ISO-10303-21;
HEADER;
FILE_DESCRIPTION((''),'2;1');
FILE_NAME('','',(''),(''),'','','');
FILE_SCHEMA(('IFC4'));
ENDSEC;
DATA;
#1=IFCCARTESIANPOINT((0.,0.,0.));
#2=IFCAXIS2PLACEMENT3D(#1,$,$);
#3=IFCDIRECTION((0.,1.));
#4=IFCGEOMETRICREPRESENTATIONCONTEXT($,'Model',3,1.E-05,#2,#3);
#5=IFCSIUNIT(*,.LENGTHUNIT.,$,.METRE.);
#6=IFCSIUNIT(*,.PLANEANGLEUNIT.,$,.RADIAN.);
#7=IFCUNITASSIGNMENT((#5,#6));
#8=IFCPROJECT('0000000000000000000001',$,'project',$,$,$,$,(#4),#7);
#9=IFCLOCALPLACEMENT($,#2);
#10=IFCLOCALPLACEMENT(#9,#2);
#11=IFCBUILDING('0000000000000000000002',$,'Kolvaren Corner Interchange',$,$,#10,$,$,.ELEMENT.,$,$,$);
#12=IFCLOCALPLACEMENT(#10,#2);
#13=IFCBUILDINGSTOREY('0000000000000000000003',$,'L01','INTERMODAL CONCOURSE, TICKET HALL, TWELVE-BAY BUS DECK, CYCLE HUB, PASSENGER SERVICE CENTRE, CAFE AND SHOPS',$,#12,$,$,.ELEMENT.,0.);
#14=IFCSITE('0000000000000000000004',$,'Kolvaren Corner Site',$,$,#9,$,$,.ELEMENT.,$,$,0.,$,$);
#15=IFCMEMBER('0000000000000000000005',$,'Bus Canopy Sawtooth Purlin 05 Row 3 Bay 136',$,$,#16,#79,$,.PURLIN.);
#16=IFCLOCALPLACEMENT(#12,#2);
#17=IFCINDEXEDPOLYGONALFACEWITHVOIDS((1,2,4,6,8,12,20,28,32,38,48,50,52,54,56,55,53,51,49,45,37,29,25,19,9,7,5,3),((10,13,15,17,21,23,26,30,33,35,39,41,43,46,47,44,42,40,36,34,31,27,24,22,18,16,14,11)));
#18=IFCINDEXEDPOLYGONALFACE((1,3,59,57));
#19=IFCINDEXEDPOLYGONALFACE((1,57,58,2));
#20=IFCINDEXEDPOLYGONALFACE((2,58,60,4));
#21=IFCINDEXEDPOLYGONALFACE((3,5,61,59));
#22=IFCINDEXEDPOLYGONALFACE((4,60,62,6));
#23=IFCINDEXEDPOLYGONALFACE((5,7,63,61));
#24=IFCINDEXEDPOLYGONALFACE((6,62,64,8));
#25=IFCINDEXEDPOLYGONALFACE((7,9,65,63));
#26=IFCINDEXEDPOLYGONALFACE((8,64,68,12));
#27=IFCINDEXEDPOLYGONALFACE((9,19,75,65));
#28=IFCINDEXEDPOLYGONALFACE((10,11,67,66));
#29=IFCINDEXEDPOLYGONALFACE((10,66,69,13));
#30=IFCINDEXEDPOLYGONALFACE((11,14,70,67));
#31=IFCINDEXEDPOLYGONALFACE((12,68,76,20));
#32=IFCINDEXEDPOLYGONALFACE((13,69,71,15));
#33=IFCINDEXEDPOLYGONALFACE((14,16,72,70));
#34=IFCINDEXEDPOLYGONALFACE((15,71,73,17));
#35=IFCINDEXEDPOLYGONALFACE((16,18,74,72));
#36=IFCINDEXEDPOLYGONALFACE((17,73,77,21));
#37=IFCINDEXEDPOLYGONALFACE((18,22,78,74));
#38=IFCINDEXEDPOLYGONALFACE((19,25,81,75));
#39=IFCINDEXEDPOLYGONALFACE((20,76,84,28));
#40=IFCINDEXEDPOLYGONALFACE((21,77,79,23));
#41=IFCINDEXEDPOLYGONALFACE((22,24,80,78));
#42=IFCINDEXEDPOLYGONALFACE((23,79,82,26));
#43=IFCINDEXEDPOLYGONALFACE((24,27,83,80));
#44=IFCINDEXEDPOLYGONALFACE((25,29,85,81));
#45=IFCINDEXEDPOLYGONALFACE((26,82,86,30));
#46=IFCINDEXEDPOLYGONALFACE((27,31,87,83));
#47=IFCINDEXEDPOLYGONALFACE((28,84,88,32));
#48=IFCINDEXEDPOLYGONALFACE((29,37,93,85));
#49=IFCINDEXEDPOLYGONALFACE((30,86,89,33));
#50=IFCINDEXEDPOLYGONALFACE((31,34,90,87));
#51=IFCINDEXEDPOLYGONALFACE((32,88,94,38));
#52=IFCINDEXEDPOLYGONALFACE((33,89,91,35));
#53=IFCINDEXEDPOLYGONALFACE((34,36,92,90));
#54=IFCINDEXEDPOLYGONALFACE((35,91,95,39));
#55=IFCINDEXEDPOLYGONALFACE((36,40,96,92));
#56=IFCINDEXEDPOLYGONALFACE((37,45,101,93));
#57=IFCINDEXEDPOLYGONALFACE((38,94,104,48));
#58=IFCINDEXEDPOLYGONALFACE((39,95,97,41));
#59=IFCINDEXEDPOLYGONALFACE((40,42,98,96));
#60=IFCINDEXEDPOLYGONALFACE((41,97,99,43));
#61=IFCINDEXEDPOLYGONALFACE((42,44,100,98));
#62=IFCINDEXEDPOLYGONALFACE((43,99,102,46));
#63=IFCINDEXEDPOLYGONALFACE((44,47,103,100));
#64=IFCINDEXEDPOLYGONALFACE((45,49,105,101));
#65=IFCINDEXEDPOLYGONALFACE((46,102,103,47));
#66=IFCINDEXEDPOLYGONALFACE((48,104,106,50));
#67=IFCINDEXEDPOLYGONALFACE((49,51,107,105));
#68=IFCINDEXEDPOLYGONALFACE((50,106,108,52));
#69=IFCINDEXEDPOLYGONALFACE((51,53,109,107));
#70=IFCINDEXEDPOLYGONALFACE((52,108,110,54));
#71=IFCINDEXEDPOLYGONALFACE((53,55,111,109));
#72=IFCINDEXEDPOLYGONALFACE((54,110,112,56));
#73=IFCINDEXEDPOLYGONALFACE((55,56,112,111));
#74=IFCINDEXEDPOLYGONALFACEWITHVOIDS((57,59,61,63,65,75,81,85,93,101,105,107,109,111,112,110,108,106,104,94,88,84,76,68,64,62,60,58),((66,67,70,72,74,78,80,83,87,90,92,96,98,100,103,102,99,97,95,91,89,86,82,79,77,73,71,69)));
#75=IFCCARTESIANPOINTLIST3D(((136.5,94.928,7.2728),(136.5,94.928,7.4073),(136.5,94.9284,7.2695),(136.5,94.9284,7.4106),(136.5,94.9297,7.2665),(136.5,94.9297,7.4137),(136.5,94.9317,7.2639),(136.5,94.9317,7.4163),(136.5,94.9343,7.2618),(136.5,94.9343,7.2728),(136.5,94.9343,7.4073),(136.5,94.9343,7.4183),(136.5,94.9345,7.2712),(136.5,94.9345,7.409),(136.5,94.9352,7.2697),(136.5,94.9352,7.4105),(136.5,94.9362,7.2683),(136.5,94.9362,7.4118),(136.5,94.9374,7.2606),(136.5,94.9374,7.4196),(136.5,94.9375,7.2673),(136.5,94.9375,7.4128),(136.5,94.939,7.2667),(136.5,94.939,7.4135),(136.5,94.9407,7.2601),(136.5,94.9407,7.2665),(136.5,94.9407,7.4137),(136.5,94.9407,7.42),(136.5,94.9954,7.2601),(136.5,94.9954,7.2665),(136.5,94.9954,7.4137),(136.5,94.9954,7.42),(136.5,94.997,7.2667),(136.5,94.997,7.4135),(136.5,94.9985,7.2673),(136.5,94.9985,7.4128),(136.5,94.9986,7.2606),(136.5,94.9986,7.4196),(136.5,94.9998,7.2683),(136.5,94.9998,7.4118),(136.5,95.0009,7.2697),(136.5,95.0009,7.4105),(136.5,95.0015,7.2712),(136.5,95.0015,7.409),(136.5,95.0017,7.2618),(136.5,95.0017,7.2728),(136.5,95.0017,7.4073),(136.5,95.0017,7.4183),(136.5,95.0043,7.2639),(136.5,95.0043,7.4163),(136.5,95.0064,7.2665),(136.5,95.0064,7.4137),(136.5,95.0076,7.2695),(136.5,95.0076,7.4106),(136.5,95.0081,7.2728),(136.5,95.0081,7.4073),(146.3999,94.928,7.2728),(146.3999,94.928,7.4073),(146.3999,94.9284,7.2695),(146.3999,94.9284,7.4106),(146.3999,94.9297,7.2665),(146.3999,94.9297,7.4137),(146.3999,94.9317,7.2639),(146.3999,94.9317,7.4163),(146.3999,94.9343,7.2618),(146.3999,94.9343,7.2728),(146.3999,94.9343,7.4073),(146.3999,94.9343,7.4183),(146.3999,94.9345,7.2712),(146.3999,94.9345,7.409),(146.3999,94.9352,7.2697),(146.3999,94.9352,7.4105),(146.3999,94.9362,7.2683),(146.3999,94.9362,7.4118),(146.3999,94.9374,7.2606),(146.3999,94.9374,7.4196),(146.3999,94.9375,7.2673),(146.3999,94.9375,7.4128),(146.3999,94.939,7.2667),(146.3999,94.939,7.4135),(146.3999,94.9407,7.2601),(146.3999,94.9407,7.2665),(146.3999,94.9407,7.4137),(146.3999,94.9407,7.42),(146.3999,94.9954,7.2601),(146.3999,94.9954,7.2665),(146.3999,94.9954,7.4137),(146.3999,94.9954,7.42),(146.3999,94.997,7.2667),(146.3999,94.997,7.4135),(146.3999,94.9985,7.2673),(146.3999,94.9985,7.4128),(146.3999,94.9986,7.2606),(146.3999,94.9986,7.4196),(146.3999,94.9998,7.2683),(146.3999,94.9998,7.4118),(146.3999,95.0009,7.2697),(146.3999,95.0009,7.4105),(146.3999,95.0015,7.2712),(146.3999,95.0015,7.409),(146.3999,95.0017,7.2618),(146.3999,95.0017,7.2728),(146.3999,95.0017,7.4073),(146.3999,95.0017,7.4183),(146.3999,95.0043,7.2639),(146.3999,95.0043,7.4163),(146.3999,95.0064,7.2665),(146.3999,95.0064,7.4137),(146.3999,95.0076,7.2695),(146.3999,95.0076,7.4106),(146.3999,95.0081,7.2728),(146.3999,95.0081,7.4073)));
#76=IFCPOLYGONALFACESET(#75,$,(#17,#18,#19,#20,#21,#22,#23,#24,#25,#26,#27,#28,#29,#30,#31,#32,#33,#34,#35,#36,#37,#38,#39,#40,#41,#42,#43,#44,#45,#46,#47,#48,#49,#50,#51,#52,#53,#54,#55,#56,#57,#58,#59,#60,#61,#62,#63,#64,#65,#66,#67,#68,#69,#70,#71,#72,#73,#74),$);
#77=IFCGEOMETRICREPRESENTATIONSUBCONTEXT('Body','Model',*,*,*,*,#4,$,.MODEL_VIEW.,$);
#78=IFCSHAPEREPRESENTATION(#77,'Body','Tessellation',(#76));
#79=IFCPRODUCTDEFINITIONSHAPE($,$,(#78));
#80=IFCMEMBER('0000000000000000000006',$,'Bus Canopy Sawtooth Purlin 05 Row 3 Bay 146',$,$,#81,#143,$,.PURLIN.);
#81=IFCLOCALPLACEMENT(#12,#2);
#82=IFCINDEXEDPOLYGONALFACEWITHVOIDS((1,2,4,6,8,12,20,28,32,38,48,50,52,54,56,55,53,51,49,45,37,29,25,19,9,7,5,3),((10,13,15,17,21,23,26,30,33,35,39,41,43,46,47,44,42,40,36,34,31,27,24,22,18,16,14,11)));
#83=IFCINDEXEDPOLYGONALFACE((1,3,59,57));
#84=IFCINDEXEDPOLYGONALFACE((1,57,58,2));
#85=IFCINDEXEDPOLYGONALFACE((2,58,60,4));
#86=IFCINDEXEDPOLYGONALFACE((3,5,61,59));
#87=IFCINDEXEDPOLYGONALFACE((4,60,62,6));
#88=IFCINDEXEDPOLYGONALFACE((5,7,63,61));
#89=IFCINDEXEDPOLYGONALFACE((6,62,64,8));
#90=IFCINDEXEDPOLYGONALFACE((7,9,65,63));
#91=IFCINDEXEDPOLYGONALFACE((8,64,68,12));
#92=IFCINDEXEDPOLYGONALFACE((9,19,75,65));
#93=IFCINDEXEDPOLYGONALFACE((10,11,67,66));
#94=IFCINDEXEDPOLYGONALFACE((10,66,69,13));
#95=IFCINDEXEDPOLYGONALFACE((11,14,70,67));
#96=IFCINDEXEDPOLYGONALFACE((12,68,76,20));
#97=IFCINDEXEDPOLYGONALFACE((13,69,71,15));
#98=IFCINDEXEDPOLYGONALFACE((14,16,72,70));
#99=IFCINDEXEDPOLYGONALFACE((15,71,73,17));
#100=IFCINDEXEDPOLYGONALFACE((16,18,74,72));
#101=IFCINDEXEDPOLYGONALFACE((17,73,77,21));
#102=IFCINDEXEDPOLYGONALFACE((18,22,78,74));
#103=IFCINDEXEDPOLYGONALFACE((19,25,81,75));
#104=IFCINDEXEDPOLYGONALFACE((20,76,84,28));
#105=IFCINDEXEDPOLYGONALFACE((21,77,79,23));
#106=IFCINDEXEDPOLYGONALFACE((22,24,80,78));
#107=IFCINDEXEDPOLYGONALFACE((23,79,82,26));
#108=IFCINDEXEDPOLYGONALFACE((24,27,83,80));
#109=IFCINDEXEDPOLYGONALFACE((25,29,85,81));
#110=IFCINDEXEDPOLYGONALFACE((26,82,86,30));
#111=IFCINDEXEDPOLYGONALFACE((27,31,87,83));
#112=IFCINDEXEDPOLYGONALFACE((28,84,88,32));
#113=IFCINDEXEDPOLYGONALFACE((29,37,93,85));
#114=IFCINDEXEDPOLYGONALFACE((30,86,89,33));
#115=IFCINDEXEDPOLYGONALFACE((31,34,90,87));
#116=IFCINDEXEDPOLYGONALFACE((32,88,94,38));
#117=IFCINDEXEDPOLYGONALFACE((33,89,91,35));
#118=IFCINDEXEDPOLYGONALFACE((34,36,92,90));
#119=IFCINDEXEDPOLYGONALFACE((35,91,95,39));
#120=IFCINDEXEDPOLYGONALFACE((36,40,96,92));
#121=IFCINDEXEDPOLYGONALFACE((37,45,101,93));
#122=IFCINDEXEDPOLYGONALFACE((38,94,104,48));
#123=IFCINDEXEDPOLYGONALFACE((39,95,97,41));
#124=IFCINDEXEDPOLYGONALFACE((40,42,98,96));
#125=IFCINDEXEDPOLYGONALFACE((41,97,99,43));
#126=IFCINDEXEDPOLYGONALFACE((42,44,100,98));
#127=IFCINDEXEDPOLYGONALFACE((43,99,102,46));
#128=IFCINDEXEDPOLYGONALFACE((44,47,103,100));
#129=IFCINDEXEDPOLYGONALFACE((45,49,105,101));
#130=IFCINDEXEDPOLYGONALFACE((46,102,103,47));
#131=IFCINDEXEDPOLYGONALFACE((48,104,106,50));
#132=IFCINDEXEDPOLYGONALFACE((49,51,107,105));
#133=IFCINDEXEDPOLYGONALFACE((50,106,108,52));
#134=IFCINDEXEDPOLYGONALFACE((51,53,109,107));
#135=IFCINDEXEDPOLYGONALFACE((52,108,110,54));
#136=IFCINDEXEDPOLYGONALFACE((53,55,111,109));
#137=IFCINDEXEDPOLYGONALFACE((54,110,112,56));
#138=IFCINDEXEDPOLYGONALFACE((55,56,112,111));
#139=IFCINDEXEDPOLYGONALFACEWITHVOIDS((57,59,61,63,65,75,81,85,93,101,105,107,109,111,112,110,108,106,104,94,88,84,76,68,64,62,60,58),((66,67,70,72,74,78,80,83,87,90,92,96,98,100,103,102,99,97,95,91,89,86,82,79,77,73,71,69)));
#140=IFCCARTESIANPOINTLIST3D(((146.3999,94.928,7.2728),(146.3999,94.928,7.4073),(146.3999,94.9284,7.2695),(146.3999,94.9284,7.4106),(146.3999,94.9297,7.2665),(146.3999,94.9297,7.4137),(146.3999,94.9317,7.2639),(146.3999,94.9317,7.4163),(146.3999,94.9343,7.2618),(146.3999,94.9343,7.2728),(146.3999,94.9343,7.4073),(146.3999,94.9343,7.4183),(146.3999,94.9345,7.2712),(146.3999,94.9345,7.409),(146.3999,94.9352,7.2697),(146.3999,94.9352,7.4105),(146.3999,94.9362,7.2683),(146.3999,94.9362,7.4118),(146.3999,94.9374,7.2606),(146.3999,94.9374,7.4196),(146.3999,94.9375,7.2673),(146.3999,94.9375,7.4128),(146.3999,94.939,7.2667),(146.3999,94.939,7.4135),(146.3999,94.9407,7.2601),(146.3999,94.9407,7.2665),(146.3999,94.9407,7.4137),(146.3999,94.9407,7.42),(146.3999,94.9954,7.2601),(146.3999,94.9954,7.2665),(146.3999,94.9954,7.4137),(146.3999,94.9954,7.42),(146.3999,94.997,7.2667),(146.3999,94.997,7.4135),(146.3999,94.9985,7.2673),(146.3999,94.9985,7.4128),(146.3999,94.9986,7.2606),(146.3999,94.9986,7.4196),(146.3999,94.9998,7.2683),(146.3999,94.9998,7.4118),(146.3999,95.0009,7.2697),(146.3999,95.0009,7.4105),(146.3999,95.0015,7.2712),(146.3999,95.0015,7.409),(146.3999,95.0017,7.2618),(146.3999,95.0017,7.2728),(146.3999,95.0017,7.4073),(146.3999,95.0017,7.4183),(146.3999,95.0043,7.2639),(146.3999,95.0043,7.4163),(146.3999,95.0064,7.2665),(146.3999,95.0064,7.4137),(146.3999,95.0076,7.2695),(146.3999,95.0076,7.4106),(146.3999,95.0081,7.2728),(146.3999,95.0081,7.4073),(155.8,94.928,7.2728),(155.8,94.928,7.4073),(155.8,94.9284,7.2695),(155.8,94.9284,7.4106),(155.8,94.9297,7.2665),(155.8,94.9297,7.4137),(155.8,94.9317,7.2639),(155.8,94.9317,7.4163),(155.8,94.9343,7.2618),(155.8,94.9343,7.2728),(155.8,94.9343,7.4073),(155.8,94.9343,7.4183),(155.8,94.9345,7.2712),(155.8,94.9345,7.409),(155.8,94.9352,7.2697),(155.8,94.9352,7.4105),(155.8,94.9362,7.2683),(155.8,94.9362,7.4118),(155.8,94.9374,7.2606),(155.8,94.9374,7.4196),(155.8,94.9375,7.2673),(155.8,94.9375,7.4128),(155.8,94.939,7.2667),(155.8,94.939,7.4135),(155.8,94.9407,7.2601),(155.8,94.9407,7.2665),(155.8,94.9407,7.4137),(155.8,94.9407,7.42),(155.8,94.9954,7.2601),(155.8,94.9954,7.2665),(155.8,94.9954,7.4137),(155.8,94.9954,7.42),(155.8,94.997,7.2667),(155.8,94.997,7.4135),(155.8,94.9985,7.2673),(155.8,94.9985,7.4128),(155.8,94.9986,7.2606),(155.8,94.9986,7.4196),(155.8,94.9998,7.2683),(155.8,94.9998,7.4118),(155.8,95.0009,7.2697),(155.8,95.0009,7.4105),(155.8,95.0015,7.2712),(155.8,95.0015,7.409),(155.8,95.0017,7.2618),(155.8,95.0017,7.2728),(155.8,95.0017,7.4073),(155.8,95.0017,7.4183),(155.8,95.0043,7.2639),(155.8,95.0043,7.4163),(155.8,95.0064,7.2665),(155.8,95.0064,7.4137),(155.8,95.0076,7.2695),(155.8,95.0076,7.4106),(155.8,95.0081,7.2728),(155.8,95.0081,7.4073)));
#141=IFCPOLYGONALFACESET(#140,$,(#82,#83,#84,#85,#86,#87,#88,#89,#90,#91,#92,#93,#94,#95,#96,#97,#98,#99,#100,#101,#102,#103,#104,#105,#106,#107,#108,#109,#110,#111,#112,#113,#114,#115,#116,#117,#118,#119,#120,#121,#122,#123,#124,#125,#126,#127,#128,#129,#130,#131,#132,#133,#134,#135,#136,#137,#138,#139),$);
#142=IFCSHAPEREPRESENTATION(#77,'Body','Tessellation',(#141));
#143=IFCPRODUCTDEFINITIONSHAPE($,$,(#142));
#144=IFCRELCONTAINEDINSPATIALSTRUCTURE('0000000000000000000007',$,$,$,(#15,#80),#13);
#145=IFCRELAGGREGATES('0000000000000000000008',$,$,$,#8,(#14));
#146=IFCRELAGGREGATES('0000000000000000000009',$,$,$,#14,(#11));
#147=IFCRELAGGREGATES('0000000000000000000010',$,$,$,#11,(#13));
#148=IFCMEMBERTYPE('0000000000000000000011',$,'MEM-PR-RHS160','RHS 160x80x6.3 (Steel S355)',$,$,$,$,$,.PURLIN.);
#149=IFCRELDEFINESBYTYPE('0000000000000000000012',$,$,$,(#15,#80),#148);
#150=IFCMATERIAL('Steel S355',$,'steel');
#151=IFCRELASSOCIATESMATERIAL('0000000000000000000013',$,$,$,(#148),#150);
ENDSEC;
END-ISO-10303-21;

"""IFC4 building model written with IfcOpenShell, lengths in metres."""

from ifc_helpers import new_model, si_unit, direction, frame, origin, origin_2d, place, context, subcontext, project, spatial, hollow_rectangle, extrude, material, material_profile, profile_set, type_object, element, save


model = new_model("IFC4")

# Units and contexts
model_context = context("Model", 3, precision=1e-05, world=origin(), true_north=direction((0.0, 1.0)))
body_context = subcontext(model_context, "Body", "Model", "MODEL_VIEW")
ifc_project = project(units=[si_unit("LENGTHUNIT", "METRE"), si_unit("PLANEANGLEUNIT", "RADIAN")], contexts=[model_context])

# Site, building, storey
site_placement = place(None, origin())
site = spatial("IfcSite", under=ifc_project, at=site_placement, Name="Kolvaren Corner Site", CompositionType="ELEMENT", RefElevation=0.0)
building_placement = place(site_placement, origin())
building = spatial("IfcBuilding", under=site, at=building_placement, Name="Kolvaren Corner Interchange", CompositionType="ELEMENT")
storey_placement = place(building_placement, origin())
storey = spatial("IfcBuildingStorey", under=building, at=storey_placement, Name="L01", Description="INTERMODAL CONCOURSE, TICKET HALL, TWELVE-BAY BUS DECK, CYCLE HUB, PASSENGER SERVICE CENTRE, CAFE AND SHOPS", CompositionType="ELEMENT", Elevation=0.0)

# Members
ifc_material_1 = material(Name="Steel S355", Category="steel")
ifc_material_profile_1 = material_profile(ifc_material_1, hollow_rectangle(XDim=0.0801, YDim=0.1599, WallThickness=0.0063, InnerFilletRadius=0.0063, OuterFilletRadius=0.0127, at=origin_2d()), Name="RHS 160x80x6.3")
ifc_profile_set_1 = profile_set([ifc_material_profile_1], Name="Steel S355")
member_type_1 = type_object("IfcMemberType", Name="MEM-PR-RHS160", Description="RHS 160x80x6.3 (Steel S355)", PredefinedType="PURLIN", material=ifc_profile_set_1)
member_1_placement = place(storey_placement, frame((136.5, 94.968, 7.3401), z_axis=(1.0, 0.0, 0.0), x_axis=(0.0, 1.0, 0.0)))
element("IfcMember", 1, at=member_1_placement, inside=storey, type_object=member_type_1, Name="Bus Canopy Sawtooth Purlin 05 Row 3 Bay 136", PredefinedType="PURLIN", context=body_context, shape_type="SweptSolid", body=[
    extrude(hollow_rectangle(XDim=0.0801, YDim=0.1599, WallThickness=0.0063, InnerFilletRadius=0.0063, OuterFilletRadius=0.0127, at=origin_2d()), origin(), (0.0, 0.0, 1.0), 9.8999),
])
member_2_placement = place(storey_placement, frame((146.3999, 94.968, 7.3401), z_axis=(1.0, 0.0, 0.0), x_axis=(0.0, 1.0, 0.0)))
element("IfcMember", 2, at=member_2_placement, inside=storey, type_object=member_type_1, Name="Bus Canopy Sawtooth Purlin 05 Row 3 Bay 146", PredefinedType="PURLIN", context=body_context, shape_type="SweptSolid", body=[
    extrude(hollow_rectangle(XDim=0.0801, YDim=0.1599, WallThickness=0.0063, InnerFilletRadius=0.0063, OuterFilletRadius=0.0127, at=origin_2d()), origin(), (0.0, 0.0, 1.0), 9.4001),
])

save(model, "model.ifc")
